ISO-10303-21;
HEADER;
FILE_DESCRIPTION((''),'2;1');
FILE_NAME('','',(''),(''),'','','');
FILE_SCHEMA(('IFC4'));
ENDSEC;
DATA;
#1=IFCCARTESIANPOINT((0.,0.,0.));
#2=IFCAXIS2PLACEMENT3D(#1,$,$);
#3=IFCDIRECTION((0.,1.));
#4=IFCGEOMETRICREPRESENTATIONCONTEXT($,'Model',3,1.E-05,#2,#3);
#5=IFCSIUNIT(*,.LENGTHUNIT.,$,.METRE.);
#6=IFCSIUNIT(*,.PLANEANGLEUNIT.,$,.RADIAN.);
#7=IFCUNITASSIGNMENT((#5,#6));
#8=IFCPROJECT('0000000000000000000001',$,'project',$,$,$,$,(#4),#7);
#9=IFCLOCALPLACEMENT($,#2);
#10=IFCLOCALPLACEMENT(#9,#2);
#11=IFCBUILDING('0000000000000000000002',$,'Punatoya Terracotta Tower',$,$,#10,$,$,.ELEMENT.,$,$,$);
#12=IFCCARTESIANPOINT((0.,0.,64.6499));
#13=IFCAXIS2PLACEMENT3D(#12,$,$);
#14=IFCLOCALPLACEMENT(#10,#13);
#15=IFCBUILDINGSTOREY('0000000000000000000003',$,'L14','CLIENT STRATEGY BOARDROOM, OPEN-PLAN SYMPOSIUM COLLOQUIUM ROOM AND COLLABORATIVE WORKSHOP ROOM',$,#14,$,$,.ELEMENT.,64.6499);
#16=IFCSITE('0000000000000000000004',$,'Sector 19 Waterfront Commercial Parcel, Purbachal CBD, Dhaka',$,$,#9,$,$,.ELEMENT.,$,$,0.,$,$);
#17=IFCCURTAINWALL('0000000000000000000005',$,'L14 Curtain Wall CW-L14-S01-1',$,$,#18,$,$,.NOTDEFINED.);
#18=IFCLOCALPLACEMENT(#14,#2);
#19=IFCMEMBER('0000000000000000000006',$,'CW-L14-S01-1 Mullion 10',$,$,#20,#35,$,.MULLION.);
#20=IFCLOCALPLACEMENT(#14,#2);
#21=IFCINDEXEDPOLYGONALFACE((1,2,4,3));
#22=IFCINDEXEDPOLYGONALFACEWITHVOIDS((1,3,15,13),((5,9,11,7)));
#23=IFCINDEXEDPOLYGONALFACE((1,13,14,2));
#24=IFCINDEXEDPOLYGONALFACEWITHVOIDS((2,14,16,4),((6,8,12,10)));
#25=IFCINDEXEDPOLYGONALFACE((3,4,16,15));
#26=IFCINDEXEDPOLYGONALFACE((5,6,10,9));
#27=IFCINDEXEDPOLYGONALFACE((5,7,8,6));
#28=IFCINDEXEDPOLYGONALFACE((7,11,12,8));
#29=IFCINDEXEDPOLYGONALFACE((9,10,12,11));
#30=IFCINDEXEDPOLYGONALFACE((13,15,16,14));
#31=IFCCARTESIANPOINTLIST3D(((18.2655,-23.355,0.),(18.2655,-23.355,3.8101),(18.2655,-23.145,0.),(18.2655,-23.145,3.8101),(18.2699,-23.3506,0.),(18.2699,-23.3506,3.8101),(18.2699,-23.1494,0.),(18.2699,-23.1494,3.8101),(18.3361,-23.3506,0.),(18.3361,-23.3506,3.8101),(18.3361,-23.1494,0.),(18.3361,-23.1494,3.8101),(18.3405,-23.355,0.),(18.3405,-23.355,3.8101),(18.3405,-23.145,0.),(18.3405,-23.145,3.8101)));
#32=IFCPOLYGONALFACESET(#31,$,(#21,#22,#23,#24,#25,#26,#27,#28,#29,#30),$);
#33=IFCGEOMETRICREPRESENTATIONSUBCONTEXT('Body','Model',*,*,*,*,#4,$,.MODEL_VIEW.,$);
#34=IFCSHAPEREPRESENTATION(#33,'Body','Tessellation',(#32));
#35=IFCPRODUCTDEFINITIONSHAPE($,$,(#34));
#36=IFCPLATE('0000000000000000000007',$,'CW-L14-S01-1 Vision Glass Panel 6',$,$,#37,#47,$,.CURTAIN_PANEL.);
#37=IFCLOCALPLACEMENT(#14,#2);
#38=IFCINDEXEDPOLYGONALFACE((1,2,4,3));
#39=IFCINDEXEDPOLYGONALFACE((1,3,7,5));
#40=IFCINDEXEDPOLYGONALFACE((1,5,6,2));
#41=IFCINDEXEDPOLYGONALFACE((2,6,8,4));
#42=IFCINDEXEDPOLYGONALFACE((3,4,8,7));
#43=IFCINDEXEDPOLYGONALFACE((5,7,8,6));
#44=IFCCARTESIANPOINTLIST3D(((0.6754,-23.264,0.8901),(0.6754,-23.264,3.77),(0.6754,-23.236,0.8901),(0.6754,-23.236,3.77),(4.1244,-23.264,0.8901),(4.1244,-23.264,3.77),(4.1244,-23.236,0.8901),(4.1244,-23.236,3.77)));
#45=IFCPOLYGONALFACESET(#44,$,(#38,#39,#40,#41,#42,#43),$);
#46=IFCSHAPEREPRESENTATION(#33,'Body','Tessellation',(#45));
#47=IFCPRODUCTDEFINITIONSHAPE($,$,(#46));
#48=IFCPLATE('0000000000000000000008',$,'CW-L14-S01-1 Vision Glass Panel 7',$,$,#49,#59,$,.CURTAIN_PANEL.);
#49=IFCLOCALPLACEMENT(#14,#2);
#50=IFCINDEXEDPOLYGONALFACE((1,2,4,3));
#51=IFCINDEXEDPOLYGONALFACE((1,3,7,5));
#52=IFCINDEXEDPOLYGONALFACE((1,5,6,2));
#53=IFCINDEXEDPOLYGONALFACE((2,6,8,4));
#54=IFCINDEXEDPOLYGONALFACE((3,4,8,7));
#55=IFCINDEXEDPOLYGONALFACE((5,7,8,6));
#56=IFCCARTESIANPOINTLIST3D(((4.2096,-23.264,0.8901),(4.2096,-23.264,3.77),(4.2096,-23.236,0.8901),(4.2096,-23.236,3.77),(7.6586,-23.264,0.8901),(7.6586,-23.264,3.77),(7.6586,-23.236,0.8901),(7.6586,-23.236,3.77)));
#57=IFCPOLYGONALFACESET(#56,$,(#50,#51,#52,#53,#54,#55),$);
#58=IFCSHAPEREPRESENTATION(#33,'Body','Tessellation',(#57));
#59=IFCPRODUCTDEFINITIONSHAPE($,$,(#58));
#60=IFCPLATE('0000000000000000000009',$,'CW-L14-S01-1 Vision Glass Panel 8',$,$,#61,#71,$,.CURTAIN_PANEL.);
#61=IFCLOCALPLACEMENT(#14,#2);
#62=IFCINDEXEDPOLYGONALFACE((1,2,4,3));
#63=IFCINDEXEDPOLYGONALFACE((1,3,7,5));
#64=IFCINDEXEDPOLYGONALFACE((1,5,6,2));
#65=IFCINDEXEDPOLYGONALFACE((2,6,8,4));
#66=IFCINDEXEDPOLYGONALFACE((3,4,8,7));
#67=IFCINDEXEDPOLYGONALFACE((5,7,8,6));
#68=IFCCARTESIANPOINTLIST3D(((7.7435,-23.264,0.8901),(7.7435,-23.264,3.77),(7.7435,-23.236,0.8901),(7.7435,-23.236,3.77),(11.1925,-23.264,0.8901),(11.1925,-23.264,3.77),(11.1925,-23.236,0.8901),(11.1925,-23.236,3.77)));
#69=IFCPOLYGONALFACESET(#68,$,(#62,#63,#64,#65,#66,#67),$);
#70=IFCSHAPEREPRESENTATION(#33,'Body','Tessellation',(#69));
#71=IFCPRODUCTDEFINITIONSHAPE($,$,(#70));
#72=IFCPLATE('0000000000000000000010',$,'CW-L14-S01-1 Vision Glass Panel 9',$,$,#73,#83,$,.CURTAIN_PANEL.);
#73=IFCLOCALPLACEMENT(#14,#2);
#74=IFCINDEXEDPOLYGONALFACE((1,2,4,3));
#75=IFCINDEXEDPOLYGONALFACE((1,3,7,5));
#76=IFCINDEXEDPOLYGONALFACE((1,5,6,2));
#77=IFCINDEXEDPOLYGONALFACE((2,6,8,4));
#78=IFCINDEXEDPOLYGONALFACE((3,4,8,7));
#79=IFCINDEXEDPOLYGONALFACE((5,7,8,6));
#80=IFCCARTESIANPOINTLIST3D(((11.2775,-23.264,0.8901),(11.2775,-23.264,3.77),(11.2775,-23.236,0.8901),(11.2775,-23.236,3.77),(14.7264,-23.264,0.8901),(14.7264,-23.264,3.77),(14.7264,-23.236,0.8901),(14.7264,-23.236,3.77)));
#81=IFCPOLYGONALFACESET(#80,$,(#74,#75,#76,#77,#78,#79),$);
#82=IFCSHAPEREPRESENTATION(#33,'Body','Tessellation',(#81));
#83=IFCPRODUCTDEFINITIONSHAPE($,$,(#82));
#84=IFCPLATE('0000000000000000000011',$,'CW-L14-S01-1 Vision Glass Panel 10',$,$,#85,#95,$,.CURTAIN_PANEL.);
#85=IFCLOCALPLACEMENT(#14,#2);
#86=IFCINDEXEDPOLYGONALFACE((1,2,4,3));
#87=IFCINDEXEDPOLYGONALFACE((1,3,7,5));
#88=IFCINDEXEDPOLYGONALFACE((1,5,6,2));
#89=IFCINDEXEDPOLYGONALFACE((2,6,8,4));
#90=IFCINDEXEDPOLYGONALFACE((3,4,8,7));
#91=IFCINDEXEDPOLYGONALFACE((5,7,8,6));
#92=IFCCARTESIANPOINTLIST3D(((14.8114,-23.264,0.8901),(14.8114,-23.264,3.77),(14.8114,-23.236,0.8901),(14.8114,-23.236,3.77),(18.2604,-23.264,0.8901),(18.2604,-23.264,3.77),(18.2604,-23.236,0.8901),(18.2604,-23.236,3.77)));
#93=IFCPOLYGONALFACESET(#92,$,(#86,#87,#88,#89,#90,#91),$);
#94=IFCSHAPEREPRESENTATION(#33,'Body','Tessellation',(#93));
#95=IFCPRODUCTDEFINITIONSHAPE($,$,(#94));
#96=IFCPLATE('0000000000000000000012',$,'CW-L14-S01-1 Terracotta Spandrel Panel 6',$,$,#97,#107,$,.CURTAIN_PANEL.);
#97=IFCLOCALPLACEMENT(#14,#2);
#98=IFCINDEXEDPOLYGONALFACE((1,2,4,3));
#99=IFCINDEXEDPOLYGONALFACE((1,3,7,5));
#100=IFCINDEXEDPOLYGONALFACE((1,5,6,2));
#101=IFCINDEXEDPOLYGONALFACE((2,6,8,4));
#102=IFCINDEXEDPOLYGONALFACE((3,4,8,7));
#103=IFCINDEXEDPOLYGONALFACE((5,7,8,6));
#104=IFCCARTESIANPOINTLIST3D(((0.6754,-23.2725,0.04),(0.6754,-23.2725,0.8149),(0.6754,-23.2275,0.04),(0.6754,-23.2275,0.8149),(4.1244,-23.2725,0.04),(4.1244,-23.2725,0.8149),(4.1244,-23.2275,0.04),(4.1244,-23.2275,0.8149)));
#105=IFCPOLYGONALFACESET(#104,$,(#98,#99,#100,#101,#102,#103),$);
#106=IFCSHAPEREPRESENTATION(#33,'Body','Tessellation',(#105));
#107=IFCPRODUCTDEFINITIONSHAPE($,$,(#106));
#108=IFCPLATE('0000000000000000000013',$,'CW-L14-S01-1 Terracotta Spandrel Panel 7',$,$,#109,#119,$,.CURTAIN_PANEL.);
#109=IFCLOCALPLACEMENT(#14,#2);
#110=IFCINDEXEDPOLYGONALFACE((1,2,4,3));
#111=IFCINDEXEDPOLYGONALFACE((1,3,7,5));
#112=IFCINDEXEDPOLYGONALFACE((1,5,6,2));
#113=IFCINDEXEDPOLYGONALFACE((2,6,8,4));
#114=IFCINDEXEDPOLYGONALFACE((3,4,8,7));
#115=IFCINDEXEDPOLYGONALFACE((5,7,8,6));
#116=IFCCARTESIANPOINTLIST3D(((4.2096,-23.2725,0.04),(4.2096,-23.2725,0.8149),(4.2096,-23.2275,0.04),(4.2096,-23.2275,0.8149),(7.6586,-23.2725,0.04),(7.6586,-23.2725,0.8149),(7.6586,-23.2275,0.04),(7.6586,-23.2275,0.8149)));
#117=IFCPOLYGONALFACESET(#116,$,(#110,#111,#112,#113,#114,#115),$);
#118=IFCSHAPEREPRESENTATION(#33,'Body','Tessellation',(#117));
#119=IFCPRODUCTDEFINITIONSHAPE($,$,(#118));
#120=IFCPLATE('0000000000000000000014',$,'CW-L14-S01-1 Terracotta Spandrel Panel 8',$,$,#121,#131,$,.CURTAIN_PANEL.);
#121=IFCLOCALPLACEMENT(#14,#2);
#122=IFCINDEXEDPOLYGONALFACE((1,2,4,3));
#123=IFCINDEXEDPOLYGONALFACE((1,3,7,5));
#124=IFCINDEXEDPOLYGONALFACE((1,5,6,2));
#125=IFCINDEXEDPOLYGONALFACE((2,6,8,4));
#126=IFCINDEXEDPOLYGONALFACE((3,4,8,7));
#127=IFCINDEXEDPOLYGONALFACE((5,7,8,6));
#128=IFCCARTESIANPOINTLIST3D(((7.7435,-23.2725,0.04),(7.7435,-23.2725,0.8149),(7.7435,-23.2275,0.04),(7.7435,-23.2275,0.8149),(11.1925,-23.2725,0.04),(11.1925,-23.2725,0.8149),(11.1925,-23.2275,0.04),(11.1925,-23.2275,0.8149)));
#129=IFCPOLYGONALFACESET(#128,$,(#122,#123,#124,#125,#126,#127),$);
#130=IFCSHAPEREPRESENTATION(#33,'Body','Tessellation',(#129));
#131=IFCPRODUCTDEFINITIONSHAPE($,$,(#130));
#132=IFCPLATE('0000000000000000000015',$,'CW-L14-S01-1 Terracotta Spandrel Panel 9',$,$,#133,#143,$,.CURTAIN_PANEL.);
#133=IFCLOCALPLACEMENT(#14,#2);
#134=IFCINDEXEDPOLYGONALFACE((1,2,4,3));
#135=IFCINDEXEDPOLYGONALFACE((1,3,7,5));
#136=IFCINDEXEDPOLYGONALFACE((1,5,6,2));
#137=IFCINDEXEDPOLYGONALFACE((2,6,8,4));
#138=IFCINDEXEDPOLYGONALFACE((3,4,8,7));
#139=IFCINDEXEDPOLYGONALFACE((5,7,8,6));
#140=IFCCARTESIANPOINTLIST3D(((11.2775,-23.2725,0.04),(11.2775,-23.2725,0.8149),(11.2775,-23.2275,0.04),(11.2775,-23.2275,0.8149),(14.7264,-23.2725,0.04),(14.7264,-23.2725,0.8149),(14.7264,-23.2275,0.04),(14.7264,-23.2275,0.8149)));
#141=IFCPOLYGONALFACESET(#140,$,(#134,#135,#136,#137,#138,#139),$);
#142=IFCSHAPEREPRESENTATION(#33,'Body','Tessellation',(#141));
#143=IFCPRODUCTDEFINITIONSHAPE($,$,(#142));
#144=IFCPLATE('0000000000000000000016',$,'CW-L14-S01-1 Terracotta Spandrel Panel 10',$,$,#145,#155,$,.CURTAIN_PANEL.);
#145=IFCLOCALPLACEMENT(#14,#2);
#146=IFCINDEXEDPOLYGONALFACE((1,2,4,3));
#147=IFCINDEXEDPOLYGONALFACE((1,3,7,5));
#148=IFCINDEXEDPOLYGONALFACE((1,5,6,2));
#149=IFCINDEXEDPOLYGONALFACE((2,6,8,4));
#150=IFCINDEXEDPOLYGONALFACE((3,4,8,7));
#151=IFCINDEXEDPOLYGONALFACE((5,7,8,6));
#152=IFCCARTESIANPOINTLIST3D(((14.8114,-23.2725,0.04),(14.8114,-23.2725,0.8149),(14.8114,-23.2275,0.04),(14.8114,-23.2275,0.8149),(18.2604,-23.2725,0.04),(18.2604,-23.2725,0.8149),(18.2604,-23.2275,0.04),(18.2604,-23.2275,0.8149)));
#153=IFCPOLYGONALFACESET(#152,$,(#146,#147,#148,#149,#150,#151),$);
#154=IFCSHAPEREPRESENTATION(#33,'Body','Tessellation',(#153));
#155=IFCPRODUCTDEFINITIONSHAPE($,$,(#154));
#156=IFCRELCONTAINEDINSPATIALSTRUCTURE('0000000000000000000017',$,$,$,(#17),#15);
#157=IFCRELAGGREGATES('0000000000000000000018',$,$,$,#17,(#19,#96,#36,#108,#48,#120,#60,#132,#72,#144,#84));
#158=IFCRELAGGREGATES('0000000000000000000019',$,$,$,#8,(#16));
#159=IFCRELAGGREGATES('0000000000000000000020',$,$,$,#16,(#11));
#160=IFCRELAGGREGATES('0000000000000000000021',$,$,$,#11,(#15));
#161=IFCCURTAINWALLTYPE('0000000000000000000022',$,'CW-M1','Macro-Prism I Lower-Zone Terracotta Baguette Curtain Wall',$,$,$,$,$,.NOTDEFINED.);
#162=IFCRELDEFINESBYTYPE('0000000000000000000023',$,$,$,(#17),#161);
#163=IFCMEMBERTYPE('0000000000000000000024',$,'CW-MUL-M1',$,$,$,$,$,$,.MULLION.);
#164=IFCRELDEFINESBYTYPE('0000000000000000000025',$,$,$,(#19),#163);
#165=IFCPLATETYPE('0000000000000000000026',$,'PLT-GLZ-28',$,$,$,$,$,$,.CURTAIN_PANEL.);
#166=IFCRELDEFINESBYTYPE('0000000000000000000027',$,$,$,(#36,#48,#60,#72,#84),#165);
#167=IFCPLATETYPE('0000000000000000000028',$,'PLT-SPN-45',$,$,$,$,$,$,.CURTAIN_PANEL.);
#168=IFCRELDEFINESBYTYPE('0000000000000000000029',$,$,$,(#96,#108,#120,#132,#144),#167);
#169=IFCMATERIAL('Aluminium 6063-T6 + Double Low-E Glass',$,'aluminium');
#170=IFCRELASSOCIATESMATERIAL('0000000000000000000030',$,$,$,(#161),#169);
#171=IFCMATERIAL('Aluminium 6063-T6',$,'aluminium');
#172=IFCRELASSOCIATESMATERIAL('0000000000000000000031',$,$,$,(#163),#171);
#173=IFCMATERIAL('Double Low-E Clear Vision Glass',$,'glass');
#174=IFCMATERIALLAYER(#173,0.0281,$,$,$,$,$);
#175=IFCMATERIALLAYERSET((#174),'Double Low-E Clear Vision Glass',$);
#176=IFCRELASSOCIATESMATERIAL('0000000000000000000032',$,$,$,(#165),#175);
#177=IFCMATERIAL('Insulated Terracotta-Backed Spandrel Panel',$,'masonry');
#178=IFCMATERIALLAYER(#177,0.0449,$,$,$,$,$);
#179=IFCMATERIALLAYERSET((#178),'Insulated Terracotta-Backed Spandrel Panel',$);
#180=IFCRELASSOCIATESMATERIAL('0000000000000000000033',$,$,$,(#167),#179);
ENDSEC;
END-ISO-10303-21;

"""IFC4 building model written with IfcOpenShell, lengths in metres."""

from ifc_helpers import new_model, si_unit, direction, frame, origin, origin_2d, place, context, subcontext, project, spatial, rectangle, hollow_rectangle, extrude, material, layer, layer_set, material_profile, profile_set, type_object, element, aggregate, save


model = new_model("IFC4")

# Units and contexts
model_context = context("Model", 3, precision=1e-05, world=origin(), true_north=direction((0.0, 1.0)))
body_context = subcontext(model_context, "Body", "Model", "MODEL_VIEW")
ifc_project = project(units=[si_unit("LENGTHUNIT", "METRE"), si_unit("PLANEANGLEUNIT", "RADIAN")], contexts=[model_context])

# Site, building, storey
site_placement = place(None, origin())
site = spatial("IfcSite", under=ifc_project, at=site_placement, Name="Sector 19 Waterfront Commercial Parcel, Purbachal CBD, Dhaka", CompositionType="ELEMENT", RefElevation=0.0)
building_placement = place(site_placement, origin())
building = spatial("IfcBuilding", under=site, at=building_placement, Name="Punatoya Terracotta Tower", CompositionType="ELEMENT")
storey_placement = place(building_placement, frame((0.0, 0.0, 64.6499)))
storey = spatial("IfcBuildingStorey", under=building, at=storey_placement, Name="L14", Description="CLIENT STRATEGY BOARDROOM, OPEN-PLAN SYMPOSIUM COLLOQUIUM ROOM AND COLLABORATIVE WORKSHOP ROOM", CompositionType="ELEMENT", Elevation=64.6499)

# Curtain wall, member, plates
ifc_material_1 = material(Name="Aluminium 6063-T6 + Double Low-E Glass", Category="aluminium")
curtain_wall_type = type_object("IfcCurtainWallType", Name="CW-M1", Description="Macro-Prism I Lower-Zone Terracotta Baguette Curtain Wall", PredefinedType="NOTDEFINED", material=ifc_material_1)
curtain_wall_placement = place(storey_placement, origin())
curtain_wall = element("IfcCurtainWall", 1, at=curtain_wall_placement, inside=storey, type_object=curtain_wall_type, Name="L14 Curtain Wall CW-L14-S01-1", PredefinedType="NOTDEFINED")
ifc_material_2 = material(Name="Aluminium 6063-T6", Category="aluminium")
ifc_material_profile_1 = material_profile(ifc_material_2, hollow_rectangle(XDim=0.075, YDim=0.21, WallThickness=0.0044, at=origin_2d()))
ifc_profile_set_1 = profile_set([ifc_material_profile_1], Name="Aluminium 6063-T6")
member_type = type_object("IfcMemberType", Name="CW-MUL-M1", PredefinedType="MULLION", material=ifc_profile_set_1)
member_1_placement = place(storey_placement, frame((18.303, -23.25, 0.0), z_axis=(0.0, 0.0, 1.0), x_axis=(1.0, 0.0, 0.0)))
member_1 = element("IfcMember", 2, at=member_1_placement, type_object=member_type, Name="CW-L14-S01-1 Mullion 10", PredefinedType="MULLION", context=body_context, shape_type="SweptSolid", body=[
    extrude(hollow_rectangle(XDim=0.075, YDim=0.21, WallThickness=0.0044, at=origin_2d()), origin(), (0.0, 0.0, 1.0), 3.8101),
])
ifc_material_3 = material(Name="Double Low-E Clear Vision Glass", Category="glass")
ifc_layer_1 = layer(ifc_material_3, 0.0281)
ifc_layer_set_1 = layer_set([ifc_layer_1], Name="Double Low-E Clear Vision Glass")
plate_type_1 = type_object("IfcPlateType", Name="PLT-GLZ-28", PredefinedType="CURTAIN_PANEL", material=ifc_layer_set_1)
plate_1_placement = place(storey_placement, frame((2.3999, -23.25, 0.8901), z_axis=(0.0, 0.0, 1.0), x_axis=(1.0, 0.0, 0.0)))
plate_1 = element("IfcPlate", 3, at=plate_1_placement, type_object=plate_type_1, Name="CW-L14-S01-1 Vision Glass Panel 6", PredefinedType="CURTAIN_PANEL", context=body_context, shape_type="SweptSolid", body=[
    extrude(rectangle(XDim=3.449, YDim=0.0281, at=origin_2d()), origin(), (0.0, 0.0, 1.0), 2.8799),
])
plate_2_placement = place(storey_placement, frame((5.9341, -23.25, 0.8901), z_axis=(0.0, 0.0, 1.0), x_axis=(1.0, 0.0, 0.0)))
plate_2 = element("IfcPlate", 4, at=plate_2_placement, type_object=plate_type_1, Name="CW-L14-S01-1 Vision Glass Panel 7", PredefinedType="CURTAIN_PANEL", context=body_context, shape_type="SweptSolid", body=[
    extrude(rectangle(XDim=3.449, YDim=0.0281, at=origin_2d()), origin(), (0.0, 0.0, 1.0), 2.8799),
])
plate_3_placement = place(storey_placement, frame((9.468, -23.25, 0.8901), z_axis=(0.0, 0.0, 1.0), x_axis=(1.0, 0.0, 0.0)))
plate_3 = element("IfcPlate", 5, at=plate_3_placement, type_object=plate_type_1, Name="CW-L14-S01-1 Vision Glass Panel 8", PredefinedType="CURTAIN_PANEL", context=body_context, shape_type="SweptSolid", body=[
    extrude(rectangle(XDim=3.449, YDim=0.0281, at=origin_2d()), origin(), (0.0, 0.0, 1.0), 2.8799),
])
plate_4_placement = place(storey_placement, frame((13.002, -23.25, 0.8901), z_axis=(0.0, 0.0, 1.0), x_axis=(1.0, 0.0, 0.0)))
plate_4 = element("IfcPlate", 6, at=plate_4_placement, type_object=plate_type_1, Name="CW-L14-S01-1 Vision Glass Panel 9", PredefinedType="CURTAIN_PANEL", context=body_context, shape_type="SweptSolid", body=[
    extrude(rectangle(XDim=3.449, YDim=0.0281, at=origin_2d()), origin(), (0.0, 0.0, 1.0), 2.8799),
])
plate_5_placement = place(storey_placement, frame((16.5359, -23.25, 0.8901), z_axis=(0.0, 0.0, 1.0), x_axis=(1.0, 0.0, 0.0)))
plate_5 = element("IfcPlate", 7, at=plate_5_placement, type_object=plate_type_1, Name="CW-L14-S01-1 Vision Glass Panel 10", PredefinedType="CURTAIN_PANEL", context=body_context, shape_type="SweptSolid", body=[
    extrude(rectangle(XDim=3.449, YDim=0.0281, at=origin_2d()), origin(), (0.0, 0.0, 1.0), 2.8799),
])
ifc_material_4 = material(Name="Insulated Terracotta-Backed Spandrel Panel", Category="masonry")
ifc_layer_2 = layer(ifc_material_4, 0.0449)
ifc_layer_set_2 = layer_set([ifc_layer_2], Name="Insulated Terracotta-Backed Spandrel Panel")
plate_type_2 = type_object("IfcPlateType", Name="PLT-SPN-45", PredefinedType="CURTAIN_PANEL", material=ifc_layer_set_2)
plate_6_placement = place(storey_placement, frame((2.3999, -23.25, 0.04), z_axis=(0.0, 0.0, 1.0), x_axis=(1.0, 0.0, 0.0)))
plate_6 = element("IfcPlate", 8, at=plate_6_placement, type_object=plate_type_2, Name="CW-L14-S01-1 Terracotta Spandrel Panel 6", PredefinedType="CURTAIN_PANEL", context=body_context, shape_type="SweptSolid", body=[
    extrude(rectangle(XDim=3.449, YDim=0.0449, at=origin_2d()), origin(), (0.0, 0.0, 1.0), 0.7749),
])
plate_7_placement = place(storey_placement, frame((5.9341, -23.25, 0.04), z_axis=(0.0, 0.0, 1.0), x_axis=(1.0, 0.0, 0.0)))
plate_7 = element("IfcPlate", 9, at=plate_7_placement, type_object=plate_type_2, Name="CW-L14-S01-1 Terracotta Spandrel Panel 7", PredefinedType="CURTAIN_PANEL", context=body_context, shape_type="SweptSolid", body=[
    extrude(rectangle(XDim=3.449, YDim=0.0449, at=origin_2d()), origin(), (0.0, 0.0, 1.0), 0.7749),
])
plate_8_placement = place(storey_placement, frame((9.468, -23.25, 0.04), z_axis=(0.0, 0.0, 1.0), x_axis=(1.0, 0.0, 0.0)))
plate_8 = element("IfcPlate", 10, at=plate_8_placement, type_object=plate_type_2, Name="CW-L14-S01-1 Terracotta Spandrel Panel 8", PredefinedType="CURTAIN_PANEL", context=body_context, shape_type="SweptSolid", body=[
    extrude(rectangle(XDim=3.449, YDim=0.0449, at=origin_2d()), origin(), (0.0, 0.0, 1.0), 0.7749),
])
plate_9_placement = place(storey_placement, frame((13.002, -23.25, 0.04), z_axis=(0.0, 0.0, 1.0), x_axis=(1.0, 0.0, 0.0)))
plate_9 = element("IfcPlate", 11, at=plate_9_placement, type_object=plate_type_2, Name="CW-L14-S01-1 Terracotta Spandrel Panel 9", PredefinedType="CURTAIN_PANEL", context=body_context, shape_type="SweptSolid", body=[
    extrude(rectangle(XDim=3.449, YDim=0.0449, at=origin_2d()), origin(), (0.0, 0.0, 1.0), 0.7749),
])
plate_10_placement = place(storey_placement, frame((16.5359, -23.25, 0.04), z_axis=(0.0, 0.0, 1.0), x_axis=(1.0, 0.0, 0.0)))
plate_10 = element("IfcPlate", 12, at=plate_10_placement, type_object=plate_type_2, Name="CW-L14-S01-1 Terracotta Spandrel Panel 10", PredefinedType="CURTAIN_PANEL", context=body_context, shape_type="SweptSolid", body=[
    extrude(rectangle(XDim=3.449, YDim=0.0449, at=origin_2d()), origin(), (0.0, 0.0, 1.0), 0.7749),
])
aggregate(curtain_wall, [member_1, plate_6, plate_1, plate_7, plate_2, plate_8, plate_3, plate_9, plate_4, plate_10, plate_5])

save(model, "model.ifc")
